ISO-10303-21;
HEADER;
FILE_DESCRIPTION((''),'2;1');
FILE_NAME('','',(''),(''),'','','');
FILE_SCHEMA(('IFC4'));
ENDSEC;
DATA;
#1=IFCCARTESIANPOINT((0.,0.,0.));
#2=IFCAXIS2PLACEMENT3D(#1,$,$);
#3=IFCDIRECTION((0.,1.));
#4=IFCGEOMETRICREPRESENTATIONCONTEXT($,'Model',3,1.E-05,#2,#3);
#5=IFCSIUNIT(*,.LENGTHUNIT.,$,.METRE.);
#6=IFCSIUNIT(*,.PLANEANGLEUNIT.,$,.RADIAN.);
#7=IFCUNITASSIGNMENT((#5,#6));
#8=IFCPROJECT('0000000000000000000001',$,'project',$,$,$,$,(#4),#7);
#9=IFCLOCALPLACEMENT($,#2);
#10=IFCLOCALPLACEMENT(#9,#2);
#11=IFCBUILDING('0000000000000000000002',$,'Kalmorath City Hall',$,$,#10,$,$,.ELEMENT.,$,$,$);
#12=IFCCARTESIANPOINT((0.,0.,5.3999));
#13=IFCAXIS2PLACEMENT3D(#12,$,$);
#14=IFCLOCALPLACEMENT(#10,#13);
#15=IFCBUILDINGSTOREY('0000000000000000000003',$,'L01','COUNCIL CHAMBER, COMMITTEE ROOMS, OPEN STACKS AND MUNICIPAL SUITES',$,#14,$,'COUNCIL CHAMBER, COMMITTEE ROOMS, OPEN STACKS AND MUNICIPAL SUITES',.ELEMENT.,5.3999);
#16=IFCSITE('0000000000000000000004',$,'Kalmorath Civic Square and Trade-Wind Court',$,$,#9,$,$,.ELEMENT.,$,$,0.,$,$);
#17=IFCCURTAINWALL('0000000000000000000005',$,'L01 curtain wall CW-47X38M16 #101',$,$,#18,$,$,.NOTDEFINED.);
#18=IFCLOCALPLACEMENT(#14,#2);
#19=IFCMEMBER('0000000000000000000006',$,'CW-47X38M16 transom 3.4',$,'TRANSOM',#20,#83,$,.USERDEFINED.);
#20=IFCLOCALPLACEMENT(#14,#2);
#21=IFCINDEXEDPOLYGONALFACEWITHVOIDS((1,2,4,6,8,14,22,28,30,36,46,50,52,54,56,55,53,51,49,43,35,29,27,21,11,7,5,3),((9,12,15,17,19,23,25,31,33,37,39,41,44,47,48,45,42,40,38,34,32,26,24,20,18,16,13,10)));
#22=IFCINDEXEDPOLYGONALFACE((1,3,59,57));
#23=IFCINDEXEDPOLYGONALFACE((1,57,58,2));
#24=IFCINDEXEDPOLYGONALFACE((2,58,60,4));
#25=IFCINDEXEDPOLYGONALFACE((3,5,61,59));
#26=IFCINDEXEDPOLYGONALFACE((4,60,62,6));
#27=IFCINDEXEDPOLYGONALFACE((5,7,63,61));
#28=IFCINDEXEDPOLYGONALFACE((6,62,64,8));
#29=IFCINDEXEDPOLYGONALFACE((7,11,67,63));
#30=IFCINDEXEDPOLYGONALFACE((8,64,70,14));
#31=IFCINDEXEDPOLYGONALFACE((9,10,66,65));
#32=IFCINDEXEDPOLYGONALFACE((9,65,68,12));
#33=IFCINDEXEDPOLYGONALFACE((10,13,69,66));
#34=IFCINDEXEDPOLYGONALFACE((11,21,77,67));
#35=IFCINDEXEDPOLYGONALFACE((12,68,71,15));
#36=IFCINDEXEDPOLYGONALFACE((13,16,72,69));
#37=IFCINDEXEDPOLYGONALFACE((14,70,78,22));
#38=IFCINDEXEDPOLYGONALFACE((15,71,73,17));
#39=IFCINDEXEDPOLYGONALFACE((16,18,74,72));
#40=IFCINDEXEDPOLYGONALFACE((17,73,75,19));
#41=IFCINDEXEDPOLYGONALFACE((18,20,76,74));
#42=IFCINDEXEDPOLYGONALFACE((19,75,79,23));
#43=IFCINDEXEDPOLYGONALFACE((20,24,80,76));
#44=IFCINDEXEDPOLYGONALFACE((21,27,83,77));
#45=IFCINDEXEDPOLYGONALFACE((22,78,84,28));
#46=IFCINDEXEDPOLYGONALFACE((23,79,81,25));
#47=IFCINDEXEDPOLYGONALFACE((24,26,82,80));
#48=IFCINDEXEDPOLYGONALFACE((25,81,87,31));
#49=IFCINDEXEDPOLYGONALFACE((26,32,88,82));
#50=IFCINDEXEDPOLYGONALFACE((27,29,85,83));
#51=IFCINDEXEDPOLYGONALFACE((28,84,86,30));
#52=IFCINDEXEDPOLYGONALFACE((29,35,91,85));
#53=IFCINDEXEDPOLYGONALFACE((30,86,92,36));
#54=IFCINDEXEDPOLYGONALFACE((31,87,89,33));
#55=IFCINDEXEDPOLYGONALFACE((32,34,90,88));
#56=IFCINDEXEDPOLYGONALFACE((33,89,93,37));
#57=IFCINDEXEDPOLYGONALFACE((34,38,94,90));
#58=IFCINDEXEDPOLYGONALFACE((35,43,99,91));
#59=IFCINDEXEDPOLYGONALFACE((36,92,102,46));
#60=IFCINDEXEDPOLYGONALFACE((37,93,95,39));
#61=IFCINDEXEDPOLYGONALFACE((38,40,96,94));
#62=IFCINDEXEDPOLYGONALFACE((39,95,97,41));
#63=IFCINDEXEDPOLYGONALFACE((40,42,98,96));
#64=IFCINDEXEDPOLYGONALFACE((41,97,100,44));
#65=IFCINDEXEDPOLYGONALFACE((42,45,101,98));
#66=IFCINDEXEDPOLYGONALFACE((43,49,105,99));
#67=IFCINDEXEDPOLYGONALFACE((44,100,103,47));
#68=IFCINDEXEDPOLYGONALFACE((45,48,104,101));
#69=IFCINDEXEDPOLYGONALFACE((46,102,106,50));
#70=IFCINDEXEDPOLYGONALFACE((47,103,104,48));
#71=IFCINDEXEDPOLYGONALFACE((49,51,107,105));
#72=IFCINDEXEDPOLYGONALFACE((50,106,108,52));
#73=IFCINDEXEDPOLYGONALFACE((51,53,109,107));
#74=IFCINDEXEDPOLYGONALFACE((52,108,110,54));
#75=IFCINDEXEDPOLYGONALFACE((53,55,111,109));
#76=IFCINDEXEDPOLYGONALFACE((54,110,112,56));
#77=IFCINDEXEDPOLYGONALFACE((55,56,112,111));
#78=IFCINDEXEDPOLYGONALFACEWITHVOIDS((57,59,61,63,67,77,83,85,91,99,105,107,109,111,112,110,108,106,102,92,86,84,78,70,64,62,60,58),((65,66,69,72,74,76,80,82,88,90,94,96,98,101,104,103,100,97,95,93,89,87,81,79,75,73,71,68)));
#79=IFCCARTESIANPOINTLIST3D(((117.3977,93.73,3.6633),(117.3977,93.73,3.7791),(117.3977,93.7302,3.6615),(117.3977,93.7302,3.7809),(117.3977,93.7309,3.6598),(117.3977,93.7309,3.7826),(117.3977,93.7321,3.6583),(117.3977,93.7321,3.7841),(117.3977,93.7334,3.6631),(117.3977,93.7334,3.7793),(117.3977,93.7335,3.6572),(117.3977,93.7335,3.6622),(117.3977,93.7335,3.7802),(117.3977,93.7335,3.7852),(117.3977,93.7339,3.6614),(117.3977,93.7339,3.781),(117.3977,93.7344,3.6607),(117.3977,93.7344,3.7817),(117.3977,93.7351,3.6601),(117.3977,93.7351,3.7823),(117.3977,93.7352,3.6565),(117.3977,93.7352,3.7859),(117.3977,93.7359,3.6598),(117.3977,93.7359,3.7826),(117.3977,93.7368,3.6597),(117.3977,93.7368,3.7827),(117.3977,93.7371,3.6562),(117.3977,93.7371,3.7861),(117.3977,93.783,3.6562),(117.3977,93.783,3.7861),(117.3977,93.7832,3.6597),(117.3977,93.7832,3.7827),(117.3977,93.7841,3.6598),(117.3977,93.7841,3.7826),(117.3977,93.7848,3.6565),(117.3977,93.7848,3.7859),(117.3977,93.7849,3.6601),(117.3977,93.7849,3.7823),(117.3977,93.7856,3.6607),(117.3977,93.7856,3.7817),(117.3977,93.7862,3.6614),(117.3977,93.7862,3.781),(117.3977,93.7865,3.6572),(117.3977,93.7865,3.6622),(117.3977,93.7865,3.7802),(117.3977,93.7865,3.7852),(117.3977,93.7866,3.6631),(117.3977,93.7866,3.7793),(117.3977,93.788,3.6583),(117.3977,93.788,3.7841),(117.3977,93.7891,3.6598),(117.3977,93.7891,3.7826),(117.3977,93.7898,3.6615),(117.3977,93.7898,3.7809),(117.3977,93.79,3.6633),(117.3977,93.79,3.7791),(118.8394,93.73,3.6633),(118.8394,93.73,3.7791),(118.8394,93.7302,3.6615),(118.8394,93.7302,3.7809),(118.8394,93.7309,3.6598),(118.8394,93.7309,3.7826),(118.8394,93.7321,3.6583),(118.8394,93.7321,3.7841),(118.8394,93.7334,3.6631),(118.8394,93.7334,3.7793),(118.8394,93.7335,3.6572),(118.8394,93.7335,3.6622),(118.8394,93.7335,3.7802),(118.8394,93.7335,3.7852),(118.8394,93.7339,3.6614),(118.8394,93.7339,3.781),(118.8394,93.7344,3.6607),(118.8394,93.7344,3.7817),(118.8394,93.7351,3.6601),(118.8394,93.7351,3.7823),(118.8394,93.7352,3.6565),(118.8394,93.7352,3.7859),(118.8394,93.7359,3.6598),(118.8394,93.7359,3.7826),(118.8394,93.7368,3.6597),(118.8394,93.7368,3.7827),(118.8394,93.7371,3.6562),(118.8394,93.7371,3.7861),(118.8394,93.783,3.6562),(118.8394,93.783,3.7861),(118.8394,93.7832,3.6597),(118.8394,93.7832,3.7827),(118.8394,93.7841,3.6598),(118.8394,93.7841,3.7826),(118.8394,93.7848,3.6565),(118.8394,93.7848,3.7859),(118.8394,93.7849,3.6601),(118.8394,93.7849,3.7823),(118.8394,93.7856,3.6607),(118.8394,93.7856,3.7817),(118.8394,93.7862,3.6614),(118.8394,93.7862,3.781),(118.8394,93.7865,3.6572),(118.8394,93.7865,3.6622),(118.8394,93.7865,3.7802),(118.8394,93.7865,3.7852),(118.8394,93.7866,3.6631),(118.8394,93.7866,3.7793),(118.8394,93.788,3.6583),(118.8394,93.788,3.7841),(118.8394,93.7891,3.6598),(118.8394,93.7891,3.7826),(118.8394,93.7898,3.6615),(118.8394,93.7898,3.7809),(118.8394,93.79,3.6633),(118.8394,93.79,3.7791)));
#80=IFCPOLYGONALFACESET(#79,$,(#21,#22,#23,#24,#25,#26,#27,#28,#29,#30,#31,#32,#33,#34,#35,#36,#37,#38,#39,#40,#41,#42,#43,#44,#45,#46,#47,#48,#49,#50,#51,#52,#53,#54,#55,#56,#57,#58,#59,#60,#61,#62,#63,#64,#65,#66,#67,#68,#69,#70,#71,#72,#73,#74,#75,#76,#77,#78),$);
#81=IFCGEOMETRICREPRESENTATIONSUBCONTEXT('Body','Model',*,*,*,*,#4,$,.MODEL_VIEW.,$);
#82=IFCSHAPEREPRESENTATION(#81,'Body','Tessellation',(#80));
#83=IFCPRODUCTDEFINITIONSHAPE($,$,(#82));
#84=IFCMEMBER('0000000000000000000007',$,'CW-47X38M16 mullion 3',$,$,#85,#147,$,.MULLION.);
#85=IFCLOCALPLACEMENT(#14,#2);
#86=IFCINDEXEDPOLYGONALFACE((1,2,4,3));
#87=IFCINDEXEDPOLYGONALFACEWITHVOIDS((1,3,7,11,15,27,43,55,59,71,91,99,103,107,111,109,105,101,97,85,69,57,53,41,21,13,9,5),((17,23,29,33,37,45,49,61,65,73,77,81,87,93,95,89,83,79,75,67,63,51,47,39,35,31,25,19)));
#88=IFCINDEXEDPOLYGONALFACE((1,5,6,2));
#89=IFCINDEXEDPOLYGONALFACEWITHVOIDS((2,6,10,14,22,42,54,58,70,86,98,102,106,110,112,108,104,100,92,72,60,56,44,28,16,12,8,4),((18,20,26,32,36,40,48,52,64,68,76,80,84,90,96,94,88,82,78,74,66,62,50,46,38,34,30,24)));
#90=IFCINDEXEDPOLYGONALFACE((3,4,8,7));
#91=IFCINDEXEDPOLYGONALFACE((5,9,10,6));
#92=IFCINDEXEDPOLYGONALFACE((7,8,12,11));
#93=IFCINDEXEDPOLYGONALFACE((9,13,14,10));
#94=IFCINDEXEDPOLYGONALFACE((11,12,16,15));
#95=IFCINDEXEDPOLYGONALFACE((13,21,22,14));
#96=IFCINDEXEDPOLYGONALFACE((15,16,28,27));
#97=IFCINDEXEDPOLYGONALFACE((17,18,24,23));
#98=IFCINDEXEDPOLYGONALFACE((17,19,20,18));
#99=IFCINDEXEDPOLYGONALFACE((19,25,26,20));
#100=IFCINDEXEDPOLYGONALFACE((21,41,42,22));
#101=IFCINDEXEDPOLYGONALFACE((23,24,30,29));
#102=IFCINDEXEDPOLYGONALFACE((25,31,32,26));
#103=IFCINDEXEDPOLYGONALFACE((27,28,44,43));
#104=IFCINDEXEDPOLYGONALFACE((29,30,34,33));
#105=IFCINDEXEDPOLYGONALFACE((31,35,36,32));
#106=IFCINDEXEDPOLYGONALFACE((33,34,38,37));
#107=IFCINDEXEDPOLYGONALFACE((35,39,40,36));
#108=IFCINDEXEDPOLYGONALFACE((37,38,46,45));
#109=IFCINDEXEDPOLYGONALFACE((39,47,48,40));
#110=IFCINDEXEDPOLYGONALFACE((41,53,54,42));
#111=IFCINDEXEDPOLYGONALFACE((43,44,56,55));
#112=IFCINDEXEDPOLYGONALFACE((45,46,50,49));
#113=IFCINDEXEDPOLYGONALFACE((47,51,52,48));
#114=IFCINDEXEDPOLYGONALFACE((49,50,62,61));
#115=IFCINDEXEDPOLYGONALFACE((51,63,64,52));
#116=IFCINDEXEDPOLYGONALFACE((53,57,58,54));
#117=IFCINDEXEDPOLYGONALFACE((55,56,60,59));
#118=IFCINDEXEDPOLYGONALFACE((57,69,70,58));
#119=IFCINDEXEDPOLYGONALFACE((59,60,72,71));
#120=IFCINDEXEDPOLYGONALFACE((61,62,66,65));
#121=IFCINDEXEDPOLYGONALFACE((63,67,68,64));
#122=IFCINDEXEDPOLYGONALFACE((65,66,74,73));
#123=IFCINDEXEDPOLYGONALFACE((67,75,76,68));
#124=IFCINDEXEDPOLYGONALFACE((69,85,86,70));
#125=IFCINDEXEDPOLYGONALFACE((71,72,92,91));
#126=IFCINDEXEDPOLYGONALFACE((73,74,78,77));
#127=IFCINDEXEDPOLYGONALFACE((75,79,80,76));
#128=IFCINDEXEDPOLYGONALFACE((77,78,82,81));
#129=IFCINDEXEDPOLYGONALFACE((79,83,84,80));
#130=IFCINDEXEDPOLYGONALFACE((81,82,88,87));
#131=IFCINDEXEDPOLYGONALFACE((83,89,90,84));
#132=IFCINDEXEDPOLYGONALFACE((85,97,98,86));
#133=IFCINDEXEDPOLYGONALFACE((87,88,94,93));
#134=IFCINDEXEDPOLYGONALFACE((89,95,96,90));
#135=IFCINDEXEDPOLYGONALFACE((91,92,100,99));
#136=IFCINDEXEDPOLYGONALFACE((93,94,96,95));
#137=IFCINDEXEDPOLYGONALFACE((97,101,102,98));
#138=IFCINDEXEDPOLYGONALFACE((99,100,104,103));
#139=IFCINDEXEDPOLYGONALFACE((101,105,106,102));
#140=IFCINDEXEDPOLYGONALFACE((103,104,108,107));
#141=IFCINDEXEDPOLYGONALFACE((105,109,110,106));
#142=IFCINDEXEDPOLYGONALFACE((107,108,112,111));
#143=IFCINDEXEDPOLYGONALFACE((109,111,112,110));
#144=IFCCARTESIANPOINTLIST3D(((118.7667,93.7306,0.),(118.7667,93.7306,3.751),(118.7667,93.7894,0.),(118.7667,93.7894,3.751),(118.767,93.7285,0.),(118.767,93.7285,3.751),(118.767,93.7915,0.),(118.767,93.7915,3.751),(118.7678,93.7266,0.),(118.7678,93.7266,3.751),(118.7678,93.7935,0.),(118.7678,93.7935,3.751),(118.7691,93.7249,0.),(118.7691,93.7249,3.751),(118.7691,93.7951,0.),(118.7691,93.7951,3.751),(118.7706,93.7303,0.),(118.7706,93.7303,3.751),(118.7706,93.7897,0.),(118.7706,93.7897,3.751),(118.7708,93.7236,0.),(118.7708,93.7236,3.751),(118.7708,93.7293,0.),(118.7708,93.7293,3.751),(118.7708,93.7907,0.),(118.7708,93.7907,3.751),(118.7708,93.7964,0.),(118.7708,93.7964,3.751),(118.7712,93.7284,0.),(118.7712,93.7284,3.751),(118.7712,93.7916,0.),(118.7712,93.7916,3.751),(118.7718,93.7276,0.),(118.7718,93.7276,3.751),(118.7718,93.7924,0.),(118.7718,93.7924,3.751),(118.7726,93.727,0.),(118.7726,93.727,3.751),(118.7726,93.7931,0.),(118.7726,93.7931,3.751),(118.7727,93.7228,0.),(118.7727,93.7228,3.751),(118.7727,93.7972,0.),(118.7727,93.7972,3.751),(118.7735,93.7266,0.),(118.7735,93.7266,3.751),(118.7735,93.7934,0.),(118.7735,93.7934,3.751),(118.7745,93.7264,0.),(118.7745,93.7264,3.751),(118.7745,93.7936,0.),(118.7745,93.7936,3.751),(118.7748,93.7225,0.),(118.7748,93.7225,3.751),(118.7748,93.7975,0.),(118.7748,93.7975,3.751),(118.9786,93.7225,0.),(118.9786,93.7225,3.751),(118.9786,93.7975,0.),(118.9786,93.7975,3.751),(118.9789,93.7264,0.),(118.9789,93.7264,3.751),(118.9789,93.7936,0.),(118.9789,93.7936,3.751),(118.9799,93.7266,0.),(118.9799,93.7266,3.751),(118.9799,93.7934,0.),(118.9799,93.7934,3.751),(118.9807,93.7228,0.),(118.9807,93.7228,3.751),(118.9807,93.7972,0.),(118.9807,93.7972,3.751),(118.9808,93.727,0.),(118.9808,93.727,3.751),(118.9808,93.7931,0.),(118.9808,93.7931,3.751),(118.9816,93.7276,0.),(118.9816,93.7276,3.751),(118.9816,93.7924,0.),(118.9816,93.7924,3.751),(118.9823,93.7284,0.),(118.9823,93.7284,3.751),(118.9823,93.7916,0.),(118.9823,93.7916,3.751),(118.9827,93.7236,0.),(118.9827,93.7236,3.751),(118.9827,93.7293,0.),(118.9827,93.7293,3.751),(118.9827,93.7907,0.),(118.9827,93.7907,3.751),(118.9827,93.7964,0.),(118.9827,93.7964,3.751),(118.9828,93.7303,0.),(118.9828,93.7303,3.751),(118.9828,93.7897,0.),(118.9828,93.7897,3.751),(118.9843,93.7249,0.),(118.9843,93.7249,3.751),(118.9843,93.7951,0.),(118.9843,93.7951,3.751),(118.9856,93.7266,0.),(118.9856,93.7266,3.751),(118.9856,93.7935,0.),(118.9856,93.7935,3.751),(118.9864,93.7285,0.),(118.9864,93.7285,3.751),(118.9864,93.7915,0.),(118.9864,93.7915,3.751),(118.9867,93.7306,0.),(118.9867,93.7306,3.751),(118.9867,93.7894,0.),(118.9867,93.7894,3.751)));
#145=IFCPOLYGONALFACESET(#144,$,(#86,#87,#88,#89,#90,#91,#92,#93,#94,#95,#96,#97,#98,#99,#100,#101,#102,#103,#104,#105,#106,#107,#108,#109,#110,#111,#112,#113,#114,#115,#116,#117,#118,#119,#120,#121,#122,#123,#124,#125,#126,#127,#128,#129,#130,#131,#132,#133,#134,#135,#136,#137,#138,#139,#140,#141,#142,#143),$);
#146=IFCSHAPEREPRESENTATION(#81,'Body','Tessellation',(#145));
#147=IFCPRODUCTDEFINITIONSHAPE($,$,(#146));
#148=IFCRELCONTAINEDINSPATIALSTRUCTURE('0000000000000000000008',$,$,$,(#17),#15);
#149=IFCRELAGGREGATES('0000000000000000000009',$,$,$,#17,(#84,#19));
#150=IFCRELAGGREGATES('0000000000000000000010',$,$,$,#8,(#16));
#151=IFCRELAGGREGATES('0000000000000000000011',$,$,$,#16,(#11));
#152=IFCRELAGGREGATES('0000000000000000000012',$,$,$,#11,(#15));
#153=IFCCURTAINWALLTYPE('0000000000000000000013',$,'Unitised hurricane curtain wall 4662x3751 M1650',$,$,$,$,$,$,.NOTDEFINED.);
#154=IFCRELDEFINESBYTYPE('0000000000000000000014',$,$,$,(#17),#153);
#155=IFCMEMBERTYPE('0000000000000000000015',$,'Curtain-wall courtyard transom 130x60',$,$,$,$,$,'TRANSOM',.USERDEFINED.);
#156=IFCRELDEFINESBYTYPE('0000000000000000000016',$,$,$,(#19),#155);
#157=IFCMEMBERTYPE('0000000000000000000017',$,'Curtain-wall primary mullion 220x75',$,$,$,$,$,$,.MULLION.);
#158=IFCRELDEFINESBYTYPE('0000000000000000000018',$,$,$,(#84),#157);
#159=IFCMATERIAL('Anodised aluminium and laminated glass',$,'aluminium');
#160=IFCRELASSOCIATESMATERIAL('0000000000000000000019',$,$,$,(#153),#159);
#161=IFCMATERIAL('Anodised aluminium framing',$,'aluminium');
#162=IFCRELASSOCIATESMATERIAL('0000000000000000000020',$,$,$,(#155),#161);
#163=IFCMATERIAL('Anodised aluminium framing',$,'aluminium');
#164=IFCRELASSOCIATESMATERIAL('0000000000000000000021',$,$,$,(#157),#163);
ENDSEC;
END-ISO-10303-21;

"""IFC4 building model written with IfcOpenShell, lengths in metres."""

from ifc_helpers import new_model, si_unit, direction, frame, origin, origin_2d, place, context, subcontext, project, spatial, hollow_rectangle, extrude, material, material_profile, profile_set, type_object, element, aggregate, save


model = new_model("IFC4")

# Units and contexts
model_context = context("Model", 3, precision=1e-05, world=origin(), true_north=direction((0.0, 1.0)))
body_context = subcontext(model_context, "Body", "Model", "MODEL_VIEW")
ifc_project = project(units=[si_unit("LENGTHUNIT", "METRE"), si_unit("PLANEANGLEUNIT", "RADIAN")], contexts=[model_context])

# Site, building, storey
site_placement = place(None, origin())
site = spatial("IfcSite", under=ifc_project, at=site_placement, Name="Kalmorath Civic Square and Trade-Wind Court", CompositionType="ELEMENT", RefElevation=0.0)
building_placement = place(site_placement, origin())
building = spatial("IfcBuilding", under=site, at=building_placement, Name="Kalmorath City Hall", CompositionType="ELEMENT")
storey_placement = place(building_placement, frame((0.0, 0.0, 5.3999)))
storey = spatial("IfcBuildingStorey", under=building, at=storey_placement, Name="L01", Description="COUNCIL CHAMBER, COMMITTEE ROOMS, OPEN STACKS AND MUNICIPAL SUITES", LongName="COUNCIL CHAMBER, COMMITTEE ROOMS, OPEN STACKS AND MUNICIPAL SUITES", CompositionType="ELEMENT", Elevation=5.3999)

# Curtain wall, members
ifc_material_1 = material(Name="Anodised aluminium and laminated glass", Category="aluminium")
curtain_wall_type = type_object("IfcCurtainWallType", Name="Unitised hurricane curtain wall 4662x3751 M1650", PredefinedType="NOTDEFINED", material=ifc_material_1)
curtain_wall_placement = place(storey_placement, origin())
curtain_wall = element("IfcCurtainWall", 1, at=curtain_wall_placement, inside=storey, type_object=curtain_wall_type, Name="L01 curtain wall CW-47X38M16 #101", PredefinedType="NOTDEFINED")
ifc_material_2 = material(Name="Anodised aluminium framing", Category="aluminium")
ifc_material_profile_1 = material_profile(ifc_material_2, hollow_rectangle(XDim=0.0601, YDim=0.1299, WallThickness=0.0034, InnerFilletRadius=0.0034, OuterFilletRadius=0.0071, at=origin_2d()), Name="ALU-TRN-130X60X3.5")
ifc_profile_set_1 = profile_set([ifc_material_profile_1], Name="Anodised aluminium framing")
member_type_1 = type_object("IfcMemberType", Name="Curtain-wall courtyard transom 130x60", ElementType="TRANSOM", PredefinedType="USERDEFINED", material=ifc_profile_set_1)
member_1_placement = place(storey_placement, frame((118.8394, 93.76, 3.7212), z_axis=(-1.0, 0.0, 0.0), x_axis=(0.0, -1.0, 0.0)))
member_1 = element("IfcMember", 2, at=member_1_placement, type_object=member_type_1, Name="CW-47X38M16 transom 3.4", ObjectType="TRANSOM", PredefinedType="USERDEFINED", context=body_context, shape_type="SweptSolid", body=[
    extrude(hollow_rectangle(XDim=0.0601, YDim=0.1299, WallThickness=0.0034, InnerFilletRadius=0.0034, OuterFilletRadius=0.0071, at=origin_2d()), origin(), (0.0, 0.0, 1.0), 1.4417),
])
ifc_material_3 = material(Name="Anodised aluminium framing", Category="aluminium")
ifc_material_profile_2 = material_profile(ifc_material_3, hollow_rectangle(XDim=0.075, YDim=0.22, WallThickness=0.0039, InnerFilletRadius=0.0039, OuterFilletRadius=0.0081, at=origin_2d()), Name="ALU-MUL-220X75X4")
ifc_profile_set_2 = profile_set([ifc_material_profile_2], Name="Anodised aluminium framing")
member_type_2 = type_object("IfcMemberType", Name="Curtain-wall primary mullion 220x75", PredefinedType="MULLION", material=ifc_profile_set_2)
member_2_placement = place(storey_placement, frame((118.8767, 93.76, 0.0), z_axis=(0.0, 0.0, 1.0), x_axis=(0.0, -1.0, 0.0)))
member_2 = element("IfcMember", 3, at=member_2_placement, type_object=member_type_2, Name="CW-47X38M16 mullion 3", PredefinedType="MULLION", context=body_context, shape_type="SweptSolid", body=[
    extrude(hollow_rectangle(XDim=0.075, YDim=0.22, WallThickness=0.0039, InnerFilletRadius=0.0039, OuterFilletRadius=0.0081, at=origin_2d()), origin(), (0.0, 0.0, 1.0), 3.751),
])
aggregate(curtain_wall, [member_2, member_1])

save(model, "model.ifc")
